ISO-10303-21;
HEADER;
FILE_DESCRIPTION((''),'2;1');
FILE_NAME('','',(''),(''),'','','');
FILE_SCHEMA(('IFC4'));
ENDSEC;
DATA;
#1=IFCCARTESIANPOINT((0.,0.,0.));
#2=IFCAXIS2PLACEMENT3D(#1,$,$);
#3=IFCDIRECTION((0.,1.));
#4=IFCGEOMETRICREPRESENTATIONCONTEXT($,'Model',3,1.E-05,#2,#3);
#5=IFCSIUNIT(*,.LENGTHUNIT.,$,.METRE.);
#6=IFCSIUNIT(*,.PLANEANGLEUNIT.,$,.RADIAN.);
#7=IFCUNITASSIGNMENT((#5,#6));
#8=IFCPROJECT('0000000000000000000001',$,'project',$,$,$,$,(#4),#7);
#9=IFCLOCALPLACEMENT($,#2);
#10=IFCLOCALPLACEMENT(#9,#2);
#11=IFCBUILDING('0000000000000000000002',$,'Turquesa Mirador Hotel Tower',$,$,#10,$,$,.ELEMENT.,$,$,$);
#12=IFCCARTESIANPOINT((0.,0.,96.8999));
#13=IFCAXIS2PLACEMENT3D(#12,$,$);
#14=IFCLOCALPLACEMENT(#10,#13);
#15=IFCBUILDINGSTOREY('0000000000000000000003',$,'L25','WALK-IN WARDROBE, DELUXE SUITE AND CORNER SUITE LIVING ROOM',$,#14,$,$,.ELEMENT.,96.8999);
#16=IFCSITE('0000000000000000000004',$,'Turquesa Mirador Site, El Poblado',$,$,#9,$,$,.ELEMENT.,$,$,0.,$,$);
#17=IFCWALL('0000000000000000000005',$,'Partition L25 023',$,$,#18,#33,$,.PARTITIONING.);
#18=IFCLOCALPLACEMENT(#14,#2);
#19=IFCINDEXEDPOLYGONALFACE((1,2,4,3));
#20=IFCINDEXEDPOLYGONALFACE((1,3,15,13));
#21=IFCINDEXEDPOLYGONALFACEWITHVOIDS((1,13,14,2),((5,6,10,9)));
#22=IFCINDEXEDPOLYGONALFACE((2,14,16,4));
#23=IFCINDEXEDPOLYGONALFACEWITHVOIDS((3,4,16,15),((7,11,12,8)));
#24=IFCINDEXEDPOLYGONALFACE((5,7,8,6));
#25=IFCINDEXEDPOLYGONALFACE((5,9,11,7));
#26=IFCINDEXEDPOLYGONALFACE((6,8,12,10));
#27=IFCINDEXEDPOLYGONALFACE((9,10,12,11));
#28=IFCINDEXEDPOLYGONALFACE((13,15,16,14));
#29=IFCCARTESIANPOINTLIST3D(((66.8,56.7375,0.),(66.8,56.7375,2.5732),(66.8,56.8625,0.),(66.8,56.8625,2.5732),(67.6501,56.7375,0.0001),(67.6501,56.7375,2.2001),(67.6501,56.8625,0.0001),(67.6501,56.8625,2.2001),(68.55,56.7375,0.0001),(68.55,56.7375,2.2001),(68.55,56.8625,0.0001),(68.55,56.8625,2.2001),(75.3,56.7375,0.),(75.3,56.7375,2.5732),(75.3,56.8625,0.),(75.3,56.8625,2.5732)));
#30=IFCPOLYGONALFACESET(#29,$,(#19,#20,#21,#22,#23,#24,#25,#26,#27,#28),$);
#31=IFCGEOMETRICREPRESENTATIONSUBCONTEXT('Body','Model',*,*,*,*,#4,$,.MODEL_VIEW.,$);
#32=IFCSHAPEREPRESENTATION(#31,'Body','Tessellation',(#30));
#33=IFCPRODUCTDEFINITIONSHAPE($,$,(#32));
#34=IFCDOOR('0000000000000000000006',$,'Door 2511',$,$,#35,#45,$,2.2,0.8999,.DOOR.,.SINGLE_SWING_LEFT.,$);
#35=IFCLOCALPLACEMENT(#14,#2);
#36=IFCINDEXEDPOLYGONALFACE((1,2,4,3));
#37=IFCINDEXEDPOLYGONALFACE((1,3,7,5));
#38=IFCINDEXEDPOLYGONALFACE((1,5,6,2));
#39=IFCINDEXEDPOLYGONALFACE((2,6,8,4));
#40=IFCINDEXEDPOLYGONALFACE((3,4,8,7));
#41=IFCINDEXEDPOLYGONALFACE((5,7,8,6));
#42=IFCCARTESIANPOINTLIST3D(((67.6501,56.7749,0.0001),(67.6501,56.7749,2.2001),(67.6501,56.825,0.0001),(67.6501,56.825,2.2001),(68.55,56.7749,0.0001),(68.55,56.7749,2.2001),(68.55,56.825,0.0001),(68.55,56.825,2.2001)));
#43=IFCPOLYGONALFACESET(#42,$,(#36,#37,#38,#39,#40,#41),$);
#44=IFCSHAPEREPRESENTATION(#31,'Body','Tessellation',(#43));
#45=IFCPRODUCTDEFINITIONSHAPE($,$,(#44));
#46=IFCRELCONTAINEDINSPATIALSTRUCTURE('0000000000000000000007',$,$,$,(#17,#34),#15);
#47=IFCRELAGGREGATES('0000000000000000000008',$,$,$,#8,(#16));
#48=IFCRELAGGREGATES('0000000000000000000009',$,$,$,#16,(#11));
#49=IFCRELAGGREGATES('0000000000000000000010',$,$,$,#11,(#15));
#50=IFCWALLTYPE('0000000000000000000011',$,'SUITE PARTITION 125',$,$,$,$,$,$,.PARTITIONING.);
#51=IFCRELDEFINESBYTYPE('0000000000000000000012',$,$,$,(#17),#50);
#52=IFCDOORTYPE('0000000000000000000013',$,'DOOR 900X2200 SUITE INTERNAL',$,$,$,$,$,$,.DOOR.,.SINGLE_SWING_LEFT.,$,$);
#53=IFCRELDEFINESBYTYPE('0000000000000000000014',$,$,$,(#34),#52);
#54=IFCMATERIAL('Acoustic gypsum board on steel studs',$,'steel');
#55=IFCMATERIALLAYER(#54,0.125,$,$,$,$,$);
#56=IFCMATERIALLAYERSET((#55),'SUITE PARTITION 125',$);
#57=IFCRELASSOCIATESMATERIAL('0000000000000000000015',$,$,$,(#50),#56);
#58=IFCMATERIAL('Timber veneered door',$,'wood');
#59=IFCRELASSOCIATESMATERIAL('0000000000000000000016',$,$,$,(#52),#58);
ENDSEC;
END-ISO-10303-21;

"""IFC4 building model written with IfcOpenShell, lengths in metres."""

from ifc_helpers import new_model, si_unit, direction, frame, frame_2d, origin, place, context, subcontext, project, spatial, rectangle, extrude, material, layer, layer_set, type_object, element, fill, save


model = new_model("IFC4")

# Units and contexts
model_context = context("Model", 3, precision=1e-05, world=origin(), true_north=direction((0.0, 1.0)))
body_context = subcontext(model_context, "Body", "Model", "MODEL_VIEW")
ifc_project = project(units=[si_unit("LENGTHUNIT", "METRE"), si_unit("PLANEANGLEUNIT", "RADIAN")], contexts=[model_context])

# Site, building, storey
site_placement = place(None, origin())
site = spatial("IfcSite", under=ifc_project, at=site_placement, Name="Turquesa Mirador Site, El Poblado", CompositionType="ELEMENT", RefElevation=0.0)
building_placement = place(site_placement, origin())
building = spatial("IfcBuilding", under=site, at=building_placement, Name="Turquesa Mirador Hotel Tower", CompositionType="ELEMENT")
storey_placement = place(building_placement, frame((0.0, 0.0, 96.8999)))
storey = spatial("IfcBuildingStorey", under=building, at=storey_placement, Name="L25", Description="WALK-IN WARDROBE, DELUXE SUITE AND CORNER SUITE LIVING ROOM", CompositionType="ELEMENT", Elevation=96.8999)

# Wall, opening, door
ifc_material_1 = material(Name="Acoustic gypsum board on steel studs", Category="steel")
ifc_layer_1 = layer(ifc_material_1, 0.125)
ifc_layer_set_1 = layer_set([ifc_layer_1], Name="SUITE PARTITION 125")
wall_type_1 = type_object("IfcWallType", Name="SUITE PARTITION 125", PredefinedType="PARTITIONING", material=ifc_layer_set_1)
wall_1_placement = place(storey_placement, frame((66.8, 56.8, 0.0), z_axis=(0.0, 0.0, 1.0), x_axis=(1.0, 0.0, 0.0)))
wall_1 = element("IfcWall", 1, at=wall_1_placement, inside=storey, type_object=wall_type_1, Name="Partition L25 023", PredefinedType="PARTITIONING", context=body_context, shape_type="SweptSolid", body=[
    extrude(rectangle(XDim=8.5, YDim=0.125, at=frame_2d((4.25, 0.0))), origin(), (0.0, 0.0, 1.0), 2.5732),
])
opening_1_placement = place(wall_1_placement, frame((0.8501, 0.0, 0.0)))
opening_1 = element("IfcOpeningElement", 2, at=opening_1_placement, cuts=wall_1, PredefinedType="OPENING", context=body_context, shape_type="SweptSolid", body=[
    extrude(rectangle(XDim=0.8999, YDim=2.2, at=frame_2d((0.45, 1.1001))), frame((0.0, 0.0725, 0.0), z_axis=(0.0, -1.0, 0.0), x_axis=(1.0, 0.0, 0.0)), (0.0, 0.0, 1.0), 0.145),
])
ifc_material_2 = material(Name="Timber veneered door", Category="wood")
door_type = type_object("IfcDoorType", Name="DOOR 900X2200 SUITE INTERNAL", OperationType="SINGLE_SWING_LEFT", PredefinedType="DOOR", material=ifc_material_2)
door_placement = place(opening_1_placement, origin())
door = element("IfcDoor", 3, at=door_placement, inside=storey, type_object=door_type, Name="Door 2511", OperationType="SINGLE_SWING_LEFT", OverallHeight=2.2, OverallWidth=0.8999, PredefinedType="DOOR", context=body_context, shape_type="SweptSolid", body=[
    extrude(rectangle(XDim=0.8999, YDim=2.2, at=frame_2d((0.45, 1.1001))), frame((0.0, 0.0249, 0.0), z_axis=(0.0, -1.0, 0.0), x_axis=(1.0, 0.0, 0.0)), (0.0, 0.0, 1.0), 0.05),
])
fill(opening_1, door)

save(model, "model.ifc")
